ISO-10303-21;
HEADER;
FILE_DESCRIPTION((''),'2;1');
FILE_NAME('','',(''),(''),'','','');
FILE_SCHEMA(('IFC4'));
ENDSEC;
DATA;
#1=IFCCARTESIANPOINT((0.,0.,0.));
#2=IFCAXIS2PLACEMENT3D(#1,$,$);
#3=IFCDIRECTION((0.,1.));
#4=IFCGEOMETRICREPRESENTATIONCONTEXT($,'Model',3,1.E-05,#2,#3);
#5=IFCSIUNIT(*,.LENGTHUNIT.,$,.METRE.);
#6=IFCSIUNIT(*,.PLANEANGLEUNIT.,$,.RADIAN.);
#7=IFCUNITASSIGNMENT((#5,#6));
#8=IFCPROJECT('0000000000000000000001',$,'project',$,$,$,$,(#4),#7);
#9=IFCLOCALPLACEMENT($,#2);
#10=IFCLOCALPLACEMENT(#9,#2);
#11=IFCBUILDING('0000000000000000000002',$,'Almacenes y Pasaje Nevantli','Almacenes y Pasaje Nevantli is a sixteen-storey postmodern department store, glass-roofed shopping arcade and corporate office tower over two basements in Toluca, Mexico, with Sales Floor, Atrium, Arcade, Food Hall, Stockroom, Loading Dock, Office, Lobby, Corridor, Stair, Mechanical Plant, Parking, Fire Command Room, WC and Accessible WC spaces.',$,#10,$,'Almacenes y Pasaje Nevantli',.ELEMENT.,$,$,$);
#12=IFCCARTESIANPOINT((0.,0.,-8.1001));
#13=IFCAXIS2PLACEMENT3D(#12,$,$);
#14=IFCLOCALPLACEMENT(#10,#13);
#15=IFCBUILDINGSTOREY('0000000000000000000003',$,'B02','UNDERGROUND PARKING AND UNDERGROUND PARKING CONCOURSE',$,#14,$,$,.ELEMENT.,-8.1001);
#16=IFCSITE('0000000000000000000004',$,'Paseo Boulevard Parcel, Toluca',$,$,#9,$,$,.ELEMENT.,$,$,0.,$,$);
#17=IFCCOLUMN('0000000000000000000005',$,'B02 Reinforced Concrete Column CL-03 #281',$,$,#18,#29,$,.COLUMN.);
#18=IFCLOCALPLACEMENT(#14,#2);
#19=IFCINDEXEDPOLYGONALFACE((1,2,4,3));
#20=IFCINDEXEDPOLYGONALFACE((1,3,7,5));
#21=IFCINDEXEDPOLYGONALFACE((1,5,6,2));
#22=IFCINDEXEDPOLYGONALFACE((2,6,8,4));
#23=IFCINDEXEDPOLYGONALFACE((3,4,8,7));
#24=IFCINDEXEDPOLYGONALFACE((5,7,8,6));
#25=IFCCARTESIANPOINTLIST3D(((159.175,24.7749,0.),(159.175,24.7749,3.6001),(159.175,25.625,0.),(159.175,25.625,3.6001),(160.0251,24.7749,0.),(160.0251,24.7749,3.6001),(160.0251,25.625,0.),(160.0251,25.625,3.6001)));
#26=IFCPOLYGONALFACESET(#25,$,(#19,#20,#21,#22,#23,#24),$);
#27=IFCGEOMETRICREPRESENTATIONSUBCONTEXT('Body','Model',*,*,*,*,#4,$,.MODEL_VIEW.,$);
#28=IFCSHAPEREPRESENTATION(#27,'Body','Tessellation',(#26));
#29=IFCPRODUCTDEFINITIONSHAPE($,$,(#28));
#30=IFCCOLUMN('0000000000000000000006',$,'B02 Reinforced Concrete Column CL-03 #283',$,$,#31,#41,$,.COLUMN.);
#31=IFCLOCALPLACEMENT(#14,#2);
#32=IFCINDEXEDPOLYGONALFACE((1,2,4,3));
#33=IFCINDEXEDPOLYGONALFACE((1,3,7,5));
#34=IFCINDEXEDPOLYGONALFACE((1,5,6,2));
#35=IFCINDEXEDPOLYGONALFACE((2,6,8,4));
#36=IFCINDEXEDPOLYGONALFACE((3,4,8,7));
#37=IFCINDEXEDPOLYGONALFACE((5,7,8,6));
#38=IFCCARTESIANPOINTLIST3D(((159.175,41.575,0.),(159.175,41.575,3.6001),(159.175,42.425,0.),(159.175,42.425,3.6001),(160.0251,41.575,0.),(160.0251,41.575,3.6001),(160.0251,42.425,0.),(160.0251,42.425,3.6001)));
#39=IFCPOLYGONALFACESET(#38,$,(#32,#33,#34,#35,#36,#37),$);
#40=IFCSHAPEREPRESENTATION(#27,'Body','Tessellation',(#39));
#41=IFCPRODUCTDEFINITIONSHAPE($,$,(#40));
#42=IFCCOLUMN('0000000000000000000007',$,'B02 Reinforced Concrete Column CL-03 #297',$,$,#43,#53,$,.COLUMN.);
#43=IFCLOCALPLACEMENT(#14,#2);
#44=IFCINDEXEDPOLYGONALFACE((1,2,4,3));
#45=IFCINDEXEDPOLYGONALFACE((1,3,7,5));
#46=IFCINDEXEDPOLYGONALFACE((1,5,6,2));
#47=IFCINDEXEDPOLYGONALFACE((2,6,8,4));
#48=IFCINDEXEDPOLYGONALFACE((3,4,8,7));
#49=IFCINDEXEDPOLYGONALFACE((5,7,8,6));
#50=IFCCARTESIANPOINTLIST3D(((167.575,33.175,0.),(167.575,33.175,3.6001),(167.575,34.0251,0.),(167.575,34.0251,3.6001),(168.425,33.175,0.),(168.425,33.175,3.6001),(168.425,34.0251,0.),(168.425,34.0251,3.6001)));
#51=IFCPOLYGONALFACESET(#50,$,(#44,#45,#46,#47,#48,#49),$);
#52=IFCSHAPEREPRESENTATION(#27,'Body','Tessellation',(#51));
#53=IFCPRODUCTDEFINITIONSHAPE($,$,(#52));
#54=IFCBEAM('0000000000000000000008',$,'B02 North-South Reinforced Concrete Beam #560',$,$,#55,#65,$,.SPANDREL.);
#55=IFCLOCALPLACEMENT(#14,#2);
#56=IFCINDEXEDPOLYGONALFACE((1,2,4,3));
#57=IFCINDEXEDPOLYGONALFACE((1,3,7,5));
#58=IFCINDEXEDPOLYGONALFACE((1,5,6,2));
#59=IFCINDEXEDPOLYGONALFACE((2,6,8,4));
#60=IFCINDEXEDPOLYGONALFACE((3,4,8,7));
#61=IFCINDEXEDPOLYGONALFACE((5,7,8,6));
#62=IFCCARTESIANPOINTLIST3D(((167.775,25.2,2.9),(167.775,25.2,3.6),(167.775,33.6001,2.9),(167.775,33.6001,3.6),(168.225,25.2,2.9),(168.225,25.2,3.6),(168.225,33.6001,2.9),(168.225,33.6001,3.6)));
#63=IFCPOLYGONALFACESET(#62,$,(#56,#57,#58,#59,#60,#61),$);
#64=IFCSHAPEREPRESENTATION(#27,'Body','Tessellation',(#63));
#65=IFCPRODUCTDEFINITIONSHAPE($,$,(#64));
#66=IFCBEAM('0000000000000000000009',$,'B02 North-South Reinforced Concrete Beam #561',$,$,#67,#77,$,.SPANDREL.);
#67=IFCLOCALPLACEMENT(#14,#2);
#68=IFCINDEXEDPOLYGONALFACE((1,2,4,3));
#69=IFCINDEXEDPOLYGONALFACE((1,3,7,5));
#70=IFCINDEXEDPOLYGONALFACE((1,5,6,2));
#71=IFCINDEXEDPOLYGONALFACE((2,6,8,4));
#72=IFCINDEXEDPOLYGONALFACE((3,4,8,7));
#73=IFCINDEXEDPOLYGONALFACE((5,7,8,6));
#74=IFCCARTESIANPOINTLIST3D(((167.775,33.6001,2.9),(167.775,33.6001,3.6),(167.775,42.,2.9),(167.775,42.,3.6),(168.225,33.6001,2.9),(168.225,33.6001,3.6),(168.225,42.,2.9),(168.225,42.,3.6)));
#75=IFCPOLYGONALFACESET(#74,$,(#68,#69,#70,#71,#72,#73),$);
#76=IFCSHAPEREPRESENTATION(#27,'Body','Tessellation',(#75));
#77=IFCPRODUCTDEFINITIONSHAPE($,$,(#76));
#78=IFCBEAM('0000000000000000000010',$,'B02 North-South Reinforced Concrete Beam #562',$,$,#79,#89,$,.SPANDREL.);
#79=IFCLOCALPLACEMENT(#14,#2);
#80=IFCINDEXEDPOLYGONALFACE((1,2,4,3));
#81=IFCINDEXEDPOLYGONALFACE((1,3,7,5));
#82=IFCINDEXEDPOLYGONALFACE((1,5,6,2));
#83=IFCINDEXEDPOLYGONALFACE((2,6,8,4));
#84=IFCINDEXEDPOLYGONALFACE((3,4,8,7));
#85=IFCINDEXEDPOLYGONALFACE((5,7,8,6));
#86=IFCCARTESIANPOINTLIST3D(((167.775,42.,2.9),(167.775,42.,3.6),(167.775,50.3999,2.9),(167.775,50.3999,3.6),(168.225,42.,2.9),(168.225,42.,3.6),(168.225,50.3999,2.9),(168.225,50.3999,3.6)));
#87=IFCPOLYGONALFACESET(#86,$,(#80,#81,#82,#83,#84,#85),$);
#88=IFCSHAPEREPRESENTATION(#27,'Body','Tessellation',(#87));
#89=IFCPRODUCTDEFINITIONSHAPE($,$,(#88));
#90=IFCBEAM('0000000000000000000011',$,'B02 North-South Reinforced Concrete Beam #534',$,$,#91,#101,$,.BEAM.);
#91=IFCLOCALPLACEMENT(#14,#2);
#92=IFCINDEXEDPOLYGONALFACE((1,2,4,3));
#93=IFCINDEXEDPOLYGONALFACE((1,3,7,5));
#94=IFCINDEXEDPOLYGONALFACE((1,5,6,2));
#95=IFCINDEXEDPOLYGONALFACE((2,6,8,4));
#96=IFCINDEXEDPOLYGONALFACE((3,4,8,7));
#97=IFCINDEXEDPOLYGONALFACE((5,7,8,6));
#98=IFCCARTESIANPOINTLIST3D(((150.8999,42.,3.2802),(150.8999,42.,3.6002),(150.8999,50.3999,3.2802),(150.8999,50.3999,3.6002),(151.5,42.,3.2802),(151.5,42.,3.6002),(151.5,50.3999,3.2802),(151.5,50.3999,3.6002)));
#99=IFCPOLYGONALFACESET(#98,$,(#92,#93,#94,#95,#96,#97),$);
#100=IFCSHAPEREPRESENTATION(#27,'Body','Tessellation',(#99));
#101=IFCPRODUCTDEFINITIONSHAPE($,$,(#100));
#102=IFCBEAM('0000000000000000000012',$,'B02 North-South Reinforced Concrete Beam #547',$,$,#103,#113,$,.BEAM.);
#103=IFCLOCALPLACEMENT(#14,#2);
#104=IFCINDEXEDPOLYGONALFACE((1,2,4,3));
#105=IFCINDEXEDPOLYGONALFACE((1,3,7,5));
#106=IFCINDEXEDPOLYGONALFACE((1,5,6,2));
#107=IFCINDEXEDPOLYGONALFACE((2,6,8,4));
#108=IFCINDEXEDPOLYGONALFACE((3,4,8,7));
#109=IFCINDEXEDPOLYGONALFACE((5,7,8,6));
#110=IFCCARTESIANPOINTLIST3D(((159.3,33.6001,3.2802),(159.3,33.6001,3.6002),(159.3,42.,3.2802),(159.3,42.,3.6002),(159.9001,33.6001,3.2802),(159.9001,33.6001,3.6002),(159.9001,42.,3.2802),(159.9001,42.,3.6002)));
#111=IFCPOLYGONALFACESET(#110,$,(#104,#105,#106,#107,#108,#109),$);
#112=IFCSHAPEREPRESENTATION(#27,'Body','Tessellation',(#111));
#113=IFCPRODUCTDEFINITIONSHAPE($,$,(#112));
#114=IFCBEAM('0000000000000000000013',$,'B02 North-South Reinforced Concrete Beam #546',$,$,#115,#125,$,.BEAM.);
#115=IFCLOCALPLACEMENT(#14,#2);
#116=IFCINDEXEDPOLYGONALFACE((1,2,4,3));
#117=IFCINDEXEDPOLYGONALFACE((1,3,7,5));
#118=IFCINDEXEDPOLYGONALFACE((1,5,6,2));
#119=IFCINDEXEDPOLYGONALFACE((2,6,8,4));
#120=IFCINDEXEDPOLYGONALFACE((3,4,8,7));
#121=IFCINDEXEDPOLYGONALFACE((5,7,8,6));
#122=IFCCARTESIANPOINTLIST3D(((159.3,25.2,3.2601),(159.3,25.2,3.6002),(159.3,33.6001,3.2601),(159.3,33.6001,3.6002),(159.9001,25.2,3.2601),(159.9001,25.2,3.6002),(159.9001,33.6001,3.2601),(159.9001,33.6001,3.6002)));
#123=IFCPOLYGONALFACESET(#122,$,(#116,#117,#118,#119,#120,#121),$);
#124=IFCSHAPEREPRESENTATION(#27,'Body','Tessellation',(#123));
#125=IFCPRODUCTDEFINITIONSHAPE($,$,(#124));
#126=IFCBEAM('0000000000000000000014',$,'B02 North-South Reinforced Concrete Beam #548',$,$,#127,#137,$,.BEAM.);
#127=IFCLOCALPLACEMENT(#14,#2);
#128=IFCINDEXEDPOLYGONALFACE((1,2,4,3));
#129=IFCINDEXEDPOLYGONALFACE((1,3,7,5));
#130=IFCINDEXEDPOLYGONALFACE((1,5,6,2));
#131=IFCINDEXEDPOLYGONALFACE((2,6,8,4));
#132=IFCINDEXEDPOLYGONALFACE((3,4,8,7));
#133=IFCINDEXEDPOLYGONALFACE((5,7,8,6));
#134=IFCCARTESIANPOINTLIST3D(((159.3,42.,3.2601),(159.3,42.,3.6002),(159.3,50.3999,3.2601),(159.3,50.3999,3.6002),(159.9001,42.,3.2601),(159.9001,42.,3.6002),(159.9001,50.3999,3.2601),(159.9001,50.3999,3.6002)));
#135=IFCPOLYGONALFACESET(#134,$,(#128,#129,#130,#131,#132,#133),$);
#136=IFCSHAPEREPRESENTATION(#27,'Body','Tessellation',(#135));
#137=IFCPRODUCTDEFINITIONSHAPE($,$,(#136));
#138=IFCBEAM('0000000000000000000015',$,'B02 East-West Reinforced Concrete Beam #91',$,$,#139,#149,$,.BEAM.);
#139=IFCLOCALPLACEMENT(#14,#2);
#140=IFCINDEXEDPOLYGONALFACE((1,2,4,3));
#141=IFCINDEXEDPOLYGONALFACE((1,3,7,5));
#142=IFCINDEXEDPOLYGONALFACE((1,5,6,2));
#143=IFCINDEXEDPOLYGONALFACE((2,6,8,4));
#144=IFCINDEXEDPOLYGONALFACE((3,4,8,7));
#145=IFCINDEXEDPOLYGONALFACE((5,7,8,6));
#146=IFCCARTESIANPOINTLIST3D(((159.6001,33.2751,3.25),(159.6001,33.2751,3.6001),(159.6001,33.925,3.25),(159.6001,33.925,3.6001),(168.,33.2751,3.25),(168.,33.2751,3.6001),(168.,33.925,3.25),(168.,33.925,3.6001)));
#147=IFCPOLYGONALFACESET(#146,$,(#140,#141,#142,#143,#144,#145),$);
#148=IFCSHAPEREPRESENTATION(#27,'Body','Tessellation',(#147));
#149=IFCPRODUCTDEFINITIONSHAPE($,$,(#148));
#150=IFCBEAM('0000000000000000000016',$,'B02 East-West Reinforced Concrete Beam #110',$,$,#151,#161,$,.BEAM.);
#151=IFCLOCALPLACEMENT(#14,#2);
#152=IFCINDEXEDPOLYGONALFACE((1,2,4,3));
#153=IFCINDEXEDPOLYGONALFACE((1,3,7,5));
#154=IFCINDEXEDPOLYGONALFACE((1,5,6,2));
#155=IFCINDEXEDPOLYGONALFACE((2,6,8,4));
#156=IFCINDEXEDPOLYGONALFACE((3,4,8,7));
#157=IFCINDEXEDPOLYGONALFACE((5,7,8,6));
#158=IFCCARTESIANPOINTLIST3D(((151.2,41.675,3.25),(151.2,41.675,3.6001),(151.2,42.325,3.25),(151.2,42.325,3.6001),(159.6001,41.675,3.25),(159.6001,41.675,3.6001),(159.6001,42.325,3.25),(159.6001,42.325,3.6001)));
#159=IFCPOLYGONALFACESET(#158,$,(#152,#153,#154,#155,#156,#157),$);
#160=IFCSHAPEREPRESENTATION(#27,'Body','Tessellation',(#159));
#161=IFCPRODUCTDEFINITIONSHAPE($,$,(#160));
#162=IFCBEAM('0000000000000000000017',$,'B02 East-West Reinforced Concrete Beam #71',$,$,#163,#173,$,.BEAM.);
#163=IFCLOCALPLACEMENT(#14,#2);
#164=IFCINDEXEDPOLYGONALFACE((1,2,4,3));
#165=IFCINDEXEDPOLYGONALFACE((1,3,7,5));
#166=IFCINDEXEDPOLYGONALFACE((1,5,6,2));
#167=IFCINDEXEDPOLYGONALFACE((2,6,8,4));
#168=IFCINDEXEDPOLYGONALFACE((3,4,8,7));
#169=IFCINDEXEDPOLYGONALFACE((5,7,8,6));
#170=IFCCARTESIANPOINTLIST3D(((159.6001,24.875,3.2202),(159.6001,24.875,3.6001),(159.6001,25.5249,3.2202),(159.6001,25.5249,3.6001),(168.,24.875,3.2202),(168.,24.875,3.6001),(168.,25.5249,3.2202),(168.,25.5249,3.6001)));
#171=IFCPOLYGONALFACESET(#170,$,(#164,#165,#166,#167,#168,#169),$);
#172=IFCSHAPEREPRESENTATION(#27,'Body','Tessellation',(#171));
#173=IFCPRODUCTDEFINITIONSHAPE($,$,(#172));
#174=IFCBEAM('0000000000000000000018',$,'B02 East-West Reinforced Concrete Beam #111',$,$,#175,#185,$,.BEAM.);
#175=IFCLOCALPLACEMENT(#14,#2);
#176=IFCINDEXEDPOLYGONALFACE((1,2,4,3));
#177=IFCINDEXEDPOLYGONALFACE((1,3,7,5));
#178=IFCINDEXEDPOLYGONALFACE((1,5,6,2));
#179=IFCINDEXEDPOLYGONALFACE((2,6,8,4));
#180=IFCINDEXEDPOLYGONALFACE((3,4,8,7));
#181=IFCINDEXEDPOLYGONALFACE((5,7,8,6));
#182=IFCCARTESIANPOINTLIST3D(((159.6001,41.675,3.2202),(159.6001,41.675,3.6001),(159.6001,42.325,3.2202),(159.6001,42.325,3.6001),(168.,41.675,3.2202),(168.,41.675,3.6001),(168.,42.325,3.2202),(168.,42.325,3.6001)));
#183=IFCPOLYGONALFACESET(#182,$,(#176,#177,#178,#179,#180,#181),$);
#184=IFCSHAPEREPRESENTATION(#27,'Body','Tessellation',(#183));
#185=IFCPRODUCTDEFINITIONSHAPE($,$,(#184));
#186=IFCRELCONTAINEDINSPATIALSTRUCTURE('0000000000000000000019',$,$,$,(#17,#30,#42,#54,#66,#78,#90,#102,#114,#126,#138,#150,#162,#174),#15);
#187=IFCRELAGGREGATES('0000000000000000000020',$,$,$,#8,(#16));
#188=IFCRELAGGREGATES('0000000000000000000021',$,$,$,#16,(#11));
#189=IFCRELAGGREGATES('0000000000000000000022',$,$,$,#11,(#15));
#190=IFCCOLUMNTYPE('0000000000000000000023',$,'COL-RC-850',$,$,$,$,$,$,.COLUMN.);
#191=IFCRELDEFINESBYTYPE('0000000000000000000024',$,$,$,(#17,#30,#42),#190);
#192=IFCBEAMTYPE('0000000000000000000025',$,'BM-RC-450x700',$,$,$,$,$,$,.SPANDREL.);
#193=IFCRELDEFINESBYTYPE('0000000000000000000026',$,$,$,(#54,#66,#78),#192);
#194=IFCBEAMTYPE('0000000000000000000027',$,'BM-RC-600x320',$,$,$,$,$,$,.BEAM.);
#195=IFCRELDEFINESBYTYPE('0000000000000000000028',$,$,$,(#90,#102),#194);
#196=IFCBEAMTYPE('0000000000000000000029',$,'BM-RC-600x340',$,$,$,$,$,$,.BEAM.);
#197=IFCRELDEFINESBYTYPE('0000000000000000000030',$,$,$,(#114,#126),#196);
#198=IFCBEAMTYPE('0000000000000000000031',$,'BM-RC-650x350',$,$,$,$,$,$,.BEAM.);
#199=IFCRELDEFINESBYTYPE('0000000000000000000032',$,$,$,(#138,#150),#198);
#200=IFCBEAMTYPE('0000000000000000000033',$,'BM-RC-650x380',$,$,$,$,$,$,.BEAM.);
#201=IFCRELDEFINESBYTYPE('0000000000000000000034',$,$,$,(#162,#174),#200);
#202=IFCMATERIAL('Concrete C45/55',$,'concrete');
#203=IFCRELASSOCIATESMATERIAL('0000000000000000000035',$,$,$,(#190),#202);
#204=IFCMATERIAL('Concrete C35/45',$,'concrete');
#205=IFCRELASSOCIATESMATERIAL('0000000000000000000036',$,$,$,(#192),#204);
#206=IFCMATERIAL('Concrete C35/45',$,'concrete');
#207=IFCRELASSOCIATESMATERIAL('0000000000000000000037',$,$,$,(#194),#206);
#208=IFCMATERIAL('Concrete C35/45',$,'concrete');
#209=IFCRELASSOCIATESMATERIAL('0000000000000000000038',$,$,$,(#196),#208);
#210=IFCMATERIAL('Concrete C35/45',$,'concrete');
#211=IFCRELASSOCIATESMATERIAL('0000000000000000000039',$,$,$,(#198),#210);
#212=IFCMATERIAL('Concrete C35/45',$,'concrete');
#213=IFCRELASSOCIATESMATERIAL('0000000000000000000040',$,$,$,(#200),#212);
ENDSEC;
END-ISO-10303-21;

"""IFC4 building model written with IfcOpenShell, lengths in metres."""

from ifc_helpers import new_model, si_unit, direction, frame, origin, origin_2d, place, context, subcontext, project, spatial, rectangle, extrude, material, material_profile, profile_set, type_object, element, save


model = new_model("IFC4")

# Units and contexts
model_context = context("Model", 3, precision=1e-05, world=origin(), true_north=direction((0.0, 1.0)))
body_context = subcontext(model_context, "Body", "Model", "MODEL_VIEW")
ifc_project = project(units=[si_unit("LENGTHUNIT", "METRE"), si_unit("PLANEANGLEUNIT", "RADIAN")], contexts=[model_context])

# Site, building, storey
site_placement = place(None, origin())
site = spatial("IfcSite", under=ifc_project, at=site_placement, Name="Paseo Boulevard Parcel, Toluca", CompositionType="ELEMENT", RefElevation=0.0)
building_placement = place(site_placement, origin())
building = spatial("IfcBuilding", under=site, at=building_placement, Name="Almacenes y Pasaje Nevantli", Description="Almacenes y Pasaje Nevantli is a sixteen-storey postmodern department store, glass-roofed shopping arcade and corporate office tower over two basements in Toluca, Mexico, with Sales Floor, Atrium, Arcade, Food Hall, Stockroom, Loading Dock, Office, Lobby, Corridor, Stair, Mechanical Plant, Parking, Fire Command Room, WC and Accessible WC spaces.", LongName="Almacenes y Pasaje Nevantli", CompositionType="ELEMENT")
storey_placement = place(building_placement, frame((0.0, 0.0, -8.1001)))
storey = spatial("IfcBuildingStorey", under=building, at=storey_placement, Name="B02", Description="UNDERGROUND PARKING AND UNDERGROUND PARKING CONCOURSE", CompositionType="ELEMENT", Elevation=-8.1001)

# Columns
ifc_material_1 = material(Name="Concrete C45/55", Category="concrete")
ifc_material_profile_1 = material_profile(ifc_material_1, rectangle(XDim=0.8501, YDim=0.8501, at=origin_2d()), Name="RC-COL-850x850")
ifc_profile_set_1 = profile_set([ifc_material_profile_1], Name="Concrete C45/55")
column_type_1 = type_object("IfcColumnType", Name="COL-RC-850", PredefinedType="COLUMN", material=ifc_profile_set_1)
for number, where, z_axis, x_axis, name in (
    (1, (159.6001, 25.2, 0.0), (0.0, 0.0, 1.0), (1.0, 0.0, 0.0), "B02 Reinforced Concrete Column CL-03 #281"),
    (2, (159.6001, 42.0, 0.0), (0.0, 0.0, 1.0), (1.0, 0.0, 0.0), "B02 Reinforced Concrete Column CL-03 #283"),
    (3, (168.0, 33.6001, 0.0), (0.0, 0.0, 1.0), (1.0, 0.0, 0.0), "B02 Reinforced Concrete Column CL-03 #297"),
):
    element("IfcColumn", number, at=place(storey_placement, frame(where, z_axis=z_axis, x_axis=x_axis)), inside=storey, type_object=column_type_1, Name=name, PredefinedType="COLUMN", context=body_context, shape_type="SweptSolid", body=[
        extrude(rectangle(XDim=0.8501, YDim=0.8501, at=origin_2d()), origin(), (0.0, 0.0, 1.0), 3.6001),
    ])

# Beams
ifc_material_2 = material(Name="Concrete C35/45", Category="concrete")
ifc_material_profile_2 = material_profile(ifc_material_2, rectangle(XDim=0.45, YDim=0.7, at=origin_2d()), Name="RC-BM-450x700")
ifc_profile_set_2 = profile_set([ifc_material_profile_2], Name="Concrete C35/45")
beam_type_1 = type_object("IfcBeamType", Name="BM-RC-450x700", PredefinedType="SPANDREL", material=ifc_profile_set_2)
beam_1_placement = place(storey_placement, frame((168.0, 25.2, 3.25), z_axis=(0.0, 1.0, 0.0), x_axis=(-1.0, 0.0, 0.0)))
element("IfcBeam", 4, at=beam_1_placement, inside=storey, type_object=beam_type_1, Name="B02 North-South Reinforced Concrete Beam #560", PredefinedType="SPANDREL", context=body_context, shape_type="SweptSolid", body=[
    extrude(rectangle(XDim=0.45, YDim=0.7, at=origin_2d()), origin(), (0.0, 0.0, 1.0), 8.4001),
])
for number, where, z_axis, x_axis, name in (
    (5, (168.0, 33.6001, 3.25), (0.0, 1.0, 0.0), (-1.0, 0.0, 0.0), "B02 North-South Reinforced Concrete Beam #561"),
    (6, (168.0, 42.0, 3.25), (0.0, 1.0, 0.0), (-1.0, 0.0, 0.0), "B02 North-South Reinforced Concrete Beam #562"),
):
    element("IfcBeam", number, at=place(storey_placement, frame(where, z_axis=z_axis, x_axis=x_axis)), inside=storey, type_object=beam_type_1, Name=name, PredefinedType="SPANDREL", context=body_context, shape_type="SweptSolid", body=[
        extrude(rectangle(XDim=0.45, YDim=0.7, at=origin_2d()), origin(), (0.0, 0.0, 1.0), 8.3999),
    ])
ifc_material_3 = material(Name="Concrete C35/45", Category="concrete")
ifc_material_profile_3 = material_profile(ifc_material_3, rectangle(XDim=0.6001, YDim=0.3201, at=origin_2d()), Name="RC-BM-600x320")
ifc_profile_set_3 = profile_set([ifc_material_profile_3], Name="Concrete C35/45")
beam_type_2 = type_object("IfcBeamType", Name="BM-RC-600x320", PredefinedType="BEAM", material=ifc_profile_set_3)
for number, where, z_axis, x_axis, name in (
    (7, (151.2, 42.0, 3.4402), (0.0, 1.0, 0.0), (-1.0, 0.0, 0.0), "B02 North-South Reinforced Concrete Beam #534"),
    (8, (159.6001, 33.6001, 3.4402), (0.0, 1.0, 0.0), (-1.0, 0.0, 0.0), "B02 North-South Reinforced Concrete Beam #547"),
):
    element("IfcBeam", number, at=place(storey_placement, frame(where, z_axis=z_axis, x_axis=x_axis)), inside=storey, type_object=beam_type_2, Name=name, PredefinedType="BEAM", context=body_context, shape_type="SweptSolid", body=[
        extrude(rectangle(XDim=0.6001, YDim=0.3201, at=origin_2d()), origin(), (0.0, 0.0, 1.0), 8.3999),
    ])
ifc_material_4 = material(Name="Concrete C35/45", Category="concrete")
ifc_material_profile_4 = material_profile(ifc_material_4, rectangle(XDim=0.6001, YDim=0.3401, at=origin_2d()), Name="RC-BM-600x340")
ifc_profile_set_4 = profile_set([ifc_material_profile_4], Name="Concrete C35/45")
beam_type_3 = type_object("IfcBeamType", Name="BM-RC-600x340", PredefinedType="BEAM", material=ifc_profile_set_4)
beam_2_placement = place(storey_placement, frame((159.6001, 25.2, 3.4302), z_axis=(0.0, 1.0, 0.0), x_axis=(-1.0, 0.0, 0.0)))
element("IfcBeam", 9, at=beam_2_placement, inside=storey, type_object=beam_type_3, Name="B02 North-South Reinforced Concrete Beam #546", PredefinedType="BEAM", context=body_context, shape_type="SweptSolid", body=[
    extrude(rectangle(XDim=0.6001, YDim=0.3401, at=origin_2d()), origin(), (0.0, 0.0, 1.0), 8.4001),
])
beam_3_placement = place(storey_placement, frame((159.6001, 42.0, 3.4302), z_axis=(0.0, 1.0, 0.0), x_axis=(-1.0, 0.0, 0.0)))
element("IfcBeam", 10, at=beam_3_placement, inside=storey, type_object=beam_type_3, Name="B02 North-South Reinforced Concrete Beam #548", PredefinedType="BEAM", context=body_context, shape_type="SweptSolid", body=[
    extrude(rectangle(XDim=0.6001, YDim=0.3401, at=origin_2d()), origin(), (0.0, 0.0, 1.0), 8.3999),
])
ifc_material_5 = material(Name="Concrete C35/45", Category="concrete")
ifc_material_profile_5 = material_profile(ifc_material_5, rectangle(XDim=0.6499, YDim=0.3501, at=origin_2d()), Name="RC-BM-650x350")
ifc_profile_set_5 = profile_set([ifc_material_profile_5], Name="Concrete C35/45")
beam_type_4 = type_object("IfcBeamType", Name="BM-RC-650x350", PredefinedType="BEAM", material=ifc_profile_set_5)
beam_4_placement = place(storey_placement, frame((159.6001, 33.6001, 3.425), z_axis=(1.0, 0.0, 0.0), x_axis=(0.0, 1.0, 0.0)))
element("IfcBeam", 11, at=beam_4_placement, inside=storey, type_object=beam_type_4, Name="B02 East-West Reinforced Concrete Beam #91", PredefinedType="BEAM", context=body_context, shape_type="SweptSolid", body=[
    extrude(rectangle(XDim=0.6499, YDim=0.3501, at=origin_2d()), origin(), (0.0, 0.0, 1.0), 8.3999),
])
beam_5_placement = place(storey_placement, frame((151.2, 42.0, 3.425), z_axis=(1.0, 0.0, 0.0), x_axis=(0.0, 1.0, 0.0)))
element("IfcBeam", 12, at=beam_5_placement, inside=storey, type_object=beam_type_4, Name="B02 East-West Reinforced Concrete Beam #110", PredefinedType="BEAM", context=body_context, shape_type="SweptSolid", body=[
    extrude(rectangle(XDim=0.6499, YDim=0.3501, at=origin_2d()), origin(), (0.0, 0.0, 1.0), 8.4001),
])
ifc_material_6 = material(Name="Concrete C35/45", Category="concrete")
ifc_material_profile_6 = material_profile(ifc_material_6, rectangle(XDim=0.6499, YDim=0.3799, at=origin_2d()), Name="RC-BM-650x380")
ifc_profile_set_6 = profile_set([ifc_material_profile_6], Name="Concrete C35/45")
beam_type_5 = type_object("IfcBeamType", Name="BM-RC-650x380", PredefinedType="BEAM", material=ifc_profile_set_6)
for number, where, z_axis, x_axis, name in (
    (13, (159.6001, 25.2, 3.4102), (1.0, 0.0, 0.0), (0.0, 1.0, 0.0), "B02 East-West Reinforced Concrete Beam #71"),
    (14, (159.6001, 42.0, 3.4102), (1.0, 0.0, 0.0), (0.0, 1.0, 0.0), "B02 East-West Reinforced Concrete Beam #111"),
):
    element("IfcBeam", number, at=place(storey_placement, frame(where, z_axis=z_axis, x_axis=x_axis)), inside=storey, type_object=beam_type_5, Name=name, PredefinedType="BEAM", context=body_context, shape_type="SweptSolid", body=[
        extrude(rectangle(XDim=0.6499, YDim=0.3799, at=origin_2d()), origin(), (0.0, 0.0, 1.0), 8.3999),
    ])

save(model, "model.ifc")
